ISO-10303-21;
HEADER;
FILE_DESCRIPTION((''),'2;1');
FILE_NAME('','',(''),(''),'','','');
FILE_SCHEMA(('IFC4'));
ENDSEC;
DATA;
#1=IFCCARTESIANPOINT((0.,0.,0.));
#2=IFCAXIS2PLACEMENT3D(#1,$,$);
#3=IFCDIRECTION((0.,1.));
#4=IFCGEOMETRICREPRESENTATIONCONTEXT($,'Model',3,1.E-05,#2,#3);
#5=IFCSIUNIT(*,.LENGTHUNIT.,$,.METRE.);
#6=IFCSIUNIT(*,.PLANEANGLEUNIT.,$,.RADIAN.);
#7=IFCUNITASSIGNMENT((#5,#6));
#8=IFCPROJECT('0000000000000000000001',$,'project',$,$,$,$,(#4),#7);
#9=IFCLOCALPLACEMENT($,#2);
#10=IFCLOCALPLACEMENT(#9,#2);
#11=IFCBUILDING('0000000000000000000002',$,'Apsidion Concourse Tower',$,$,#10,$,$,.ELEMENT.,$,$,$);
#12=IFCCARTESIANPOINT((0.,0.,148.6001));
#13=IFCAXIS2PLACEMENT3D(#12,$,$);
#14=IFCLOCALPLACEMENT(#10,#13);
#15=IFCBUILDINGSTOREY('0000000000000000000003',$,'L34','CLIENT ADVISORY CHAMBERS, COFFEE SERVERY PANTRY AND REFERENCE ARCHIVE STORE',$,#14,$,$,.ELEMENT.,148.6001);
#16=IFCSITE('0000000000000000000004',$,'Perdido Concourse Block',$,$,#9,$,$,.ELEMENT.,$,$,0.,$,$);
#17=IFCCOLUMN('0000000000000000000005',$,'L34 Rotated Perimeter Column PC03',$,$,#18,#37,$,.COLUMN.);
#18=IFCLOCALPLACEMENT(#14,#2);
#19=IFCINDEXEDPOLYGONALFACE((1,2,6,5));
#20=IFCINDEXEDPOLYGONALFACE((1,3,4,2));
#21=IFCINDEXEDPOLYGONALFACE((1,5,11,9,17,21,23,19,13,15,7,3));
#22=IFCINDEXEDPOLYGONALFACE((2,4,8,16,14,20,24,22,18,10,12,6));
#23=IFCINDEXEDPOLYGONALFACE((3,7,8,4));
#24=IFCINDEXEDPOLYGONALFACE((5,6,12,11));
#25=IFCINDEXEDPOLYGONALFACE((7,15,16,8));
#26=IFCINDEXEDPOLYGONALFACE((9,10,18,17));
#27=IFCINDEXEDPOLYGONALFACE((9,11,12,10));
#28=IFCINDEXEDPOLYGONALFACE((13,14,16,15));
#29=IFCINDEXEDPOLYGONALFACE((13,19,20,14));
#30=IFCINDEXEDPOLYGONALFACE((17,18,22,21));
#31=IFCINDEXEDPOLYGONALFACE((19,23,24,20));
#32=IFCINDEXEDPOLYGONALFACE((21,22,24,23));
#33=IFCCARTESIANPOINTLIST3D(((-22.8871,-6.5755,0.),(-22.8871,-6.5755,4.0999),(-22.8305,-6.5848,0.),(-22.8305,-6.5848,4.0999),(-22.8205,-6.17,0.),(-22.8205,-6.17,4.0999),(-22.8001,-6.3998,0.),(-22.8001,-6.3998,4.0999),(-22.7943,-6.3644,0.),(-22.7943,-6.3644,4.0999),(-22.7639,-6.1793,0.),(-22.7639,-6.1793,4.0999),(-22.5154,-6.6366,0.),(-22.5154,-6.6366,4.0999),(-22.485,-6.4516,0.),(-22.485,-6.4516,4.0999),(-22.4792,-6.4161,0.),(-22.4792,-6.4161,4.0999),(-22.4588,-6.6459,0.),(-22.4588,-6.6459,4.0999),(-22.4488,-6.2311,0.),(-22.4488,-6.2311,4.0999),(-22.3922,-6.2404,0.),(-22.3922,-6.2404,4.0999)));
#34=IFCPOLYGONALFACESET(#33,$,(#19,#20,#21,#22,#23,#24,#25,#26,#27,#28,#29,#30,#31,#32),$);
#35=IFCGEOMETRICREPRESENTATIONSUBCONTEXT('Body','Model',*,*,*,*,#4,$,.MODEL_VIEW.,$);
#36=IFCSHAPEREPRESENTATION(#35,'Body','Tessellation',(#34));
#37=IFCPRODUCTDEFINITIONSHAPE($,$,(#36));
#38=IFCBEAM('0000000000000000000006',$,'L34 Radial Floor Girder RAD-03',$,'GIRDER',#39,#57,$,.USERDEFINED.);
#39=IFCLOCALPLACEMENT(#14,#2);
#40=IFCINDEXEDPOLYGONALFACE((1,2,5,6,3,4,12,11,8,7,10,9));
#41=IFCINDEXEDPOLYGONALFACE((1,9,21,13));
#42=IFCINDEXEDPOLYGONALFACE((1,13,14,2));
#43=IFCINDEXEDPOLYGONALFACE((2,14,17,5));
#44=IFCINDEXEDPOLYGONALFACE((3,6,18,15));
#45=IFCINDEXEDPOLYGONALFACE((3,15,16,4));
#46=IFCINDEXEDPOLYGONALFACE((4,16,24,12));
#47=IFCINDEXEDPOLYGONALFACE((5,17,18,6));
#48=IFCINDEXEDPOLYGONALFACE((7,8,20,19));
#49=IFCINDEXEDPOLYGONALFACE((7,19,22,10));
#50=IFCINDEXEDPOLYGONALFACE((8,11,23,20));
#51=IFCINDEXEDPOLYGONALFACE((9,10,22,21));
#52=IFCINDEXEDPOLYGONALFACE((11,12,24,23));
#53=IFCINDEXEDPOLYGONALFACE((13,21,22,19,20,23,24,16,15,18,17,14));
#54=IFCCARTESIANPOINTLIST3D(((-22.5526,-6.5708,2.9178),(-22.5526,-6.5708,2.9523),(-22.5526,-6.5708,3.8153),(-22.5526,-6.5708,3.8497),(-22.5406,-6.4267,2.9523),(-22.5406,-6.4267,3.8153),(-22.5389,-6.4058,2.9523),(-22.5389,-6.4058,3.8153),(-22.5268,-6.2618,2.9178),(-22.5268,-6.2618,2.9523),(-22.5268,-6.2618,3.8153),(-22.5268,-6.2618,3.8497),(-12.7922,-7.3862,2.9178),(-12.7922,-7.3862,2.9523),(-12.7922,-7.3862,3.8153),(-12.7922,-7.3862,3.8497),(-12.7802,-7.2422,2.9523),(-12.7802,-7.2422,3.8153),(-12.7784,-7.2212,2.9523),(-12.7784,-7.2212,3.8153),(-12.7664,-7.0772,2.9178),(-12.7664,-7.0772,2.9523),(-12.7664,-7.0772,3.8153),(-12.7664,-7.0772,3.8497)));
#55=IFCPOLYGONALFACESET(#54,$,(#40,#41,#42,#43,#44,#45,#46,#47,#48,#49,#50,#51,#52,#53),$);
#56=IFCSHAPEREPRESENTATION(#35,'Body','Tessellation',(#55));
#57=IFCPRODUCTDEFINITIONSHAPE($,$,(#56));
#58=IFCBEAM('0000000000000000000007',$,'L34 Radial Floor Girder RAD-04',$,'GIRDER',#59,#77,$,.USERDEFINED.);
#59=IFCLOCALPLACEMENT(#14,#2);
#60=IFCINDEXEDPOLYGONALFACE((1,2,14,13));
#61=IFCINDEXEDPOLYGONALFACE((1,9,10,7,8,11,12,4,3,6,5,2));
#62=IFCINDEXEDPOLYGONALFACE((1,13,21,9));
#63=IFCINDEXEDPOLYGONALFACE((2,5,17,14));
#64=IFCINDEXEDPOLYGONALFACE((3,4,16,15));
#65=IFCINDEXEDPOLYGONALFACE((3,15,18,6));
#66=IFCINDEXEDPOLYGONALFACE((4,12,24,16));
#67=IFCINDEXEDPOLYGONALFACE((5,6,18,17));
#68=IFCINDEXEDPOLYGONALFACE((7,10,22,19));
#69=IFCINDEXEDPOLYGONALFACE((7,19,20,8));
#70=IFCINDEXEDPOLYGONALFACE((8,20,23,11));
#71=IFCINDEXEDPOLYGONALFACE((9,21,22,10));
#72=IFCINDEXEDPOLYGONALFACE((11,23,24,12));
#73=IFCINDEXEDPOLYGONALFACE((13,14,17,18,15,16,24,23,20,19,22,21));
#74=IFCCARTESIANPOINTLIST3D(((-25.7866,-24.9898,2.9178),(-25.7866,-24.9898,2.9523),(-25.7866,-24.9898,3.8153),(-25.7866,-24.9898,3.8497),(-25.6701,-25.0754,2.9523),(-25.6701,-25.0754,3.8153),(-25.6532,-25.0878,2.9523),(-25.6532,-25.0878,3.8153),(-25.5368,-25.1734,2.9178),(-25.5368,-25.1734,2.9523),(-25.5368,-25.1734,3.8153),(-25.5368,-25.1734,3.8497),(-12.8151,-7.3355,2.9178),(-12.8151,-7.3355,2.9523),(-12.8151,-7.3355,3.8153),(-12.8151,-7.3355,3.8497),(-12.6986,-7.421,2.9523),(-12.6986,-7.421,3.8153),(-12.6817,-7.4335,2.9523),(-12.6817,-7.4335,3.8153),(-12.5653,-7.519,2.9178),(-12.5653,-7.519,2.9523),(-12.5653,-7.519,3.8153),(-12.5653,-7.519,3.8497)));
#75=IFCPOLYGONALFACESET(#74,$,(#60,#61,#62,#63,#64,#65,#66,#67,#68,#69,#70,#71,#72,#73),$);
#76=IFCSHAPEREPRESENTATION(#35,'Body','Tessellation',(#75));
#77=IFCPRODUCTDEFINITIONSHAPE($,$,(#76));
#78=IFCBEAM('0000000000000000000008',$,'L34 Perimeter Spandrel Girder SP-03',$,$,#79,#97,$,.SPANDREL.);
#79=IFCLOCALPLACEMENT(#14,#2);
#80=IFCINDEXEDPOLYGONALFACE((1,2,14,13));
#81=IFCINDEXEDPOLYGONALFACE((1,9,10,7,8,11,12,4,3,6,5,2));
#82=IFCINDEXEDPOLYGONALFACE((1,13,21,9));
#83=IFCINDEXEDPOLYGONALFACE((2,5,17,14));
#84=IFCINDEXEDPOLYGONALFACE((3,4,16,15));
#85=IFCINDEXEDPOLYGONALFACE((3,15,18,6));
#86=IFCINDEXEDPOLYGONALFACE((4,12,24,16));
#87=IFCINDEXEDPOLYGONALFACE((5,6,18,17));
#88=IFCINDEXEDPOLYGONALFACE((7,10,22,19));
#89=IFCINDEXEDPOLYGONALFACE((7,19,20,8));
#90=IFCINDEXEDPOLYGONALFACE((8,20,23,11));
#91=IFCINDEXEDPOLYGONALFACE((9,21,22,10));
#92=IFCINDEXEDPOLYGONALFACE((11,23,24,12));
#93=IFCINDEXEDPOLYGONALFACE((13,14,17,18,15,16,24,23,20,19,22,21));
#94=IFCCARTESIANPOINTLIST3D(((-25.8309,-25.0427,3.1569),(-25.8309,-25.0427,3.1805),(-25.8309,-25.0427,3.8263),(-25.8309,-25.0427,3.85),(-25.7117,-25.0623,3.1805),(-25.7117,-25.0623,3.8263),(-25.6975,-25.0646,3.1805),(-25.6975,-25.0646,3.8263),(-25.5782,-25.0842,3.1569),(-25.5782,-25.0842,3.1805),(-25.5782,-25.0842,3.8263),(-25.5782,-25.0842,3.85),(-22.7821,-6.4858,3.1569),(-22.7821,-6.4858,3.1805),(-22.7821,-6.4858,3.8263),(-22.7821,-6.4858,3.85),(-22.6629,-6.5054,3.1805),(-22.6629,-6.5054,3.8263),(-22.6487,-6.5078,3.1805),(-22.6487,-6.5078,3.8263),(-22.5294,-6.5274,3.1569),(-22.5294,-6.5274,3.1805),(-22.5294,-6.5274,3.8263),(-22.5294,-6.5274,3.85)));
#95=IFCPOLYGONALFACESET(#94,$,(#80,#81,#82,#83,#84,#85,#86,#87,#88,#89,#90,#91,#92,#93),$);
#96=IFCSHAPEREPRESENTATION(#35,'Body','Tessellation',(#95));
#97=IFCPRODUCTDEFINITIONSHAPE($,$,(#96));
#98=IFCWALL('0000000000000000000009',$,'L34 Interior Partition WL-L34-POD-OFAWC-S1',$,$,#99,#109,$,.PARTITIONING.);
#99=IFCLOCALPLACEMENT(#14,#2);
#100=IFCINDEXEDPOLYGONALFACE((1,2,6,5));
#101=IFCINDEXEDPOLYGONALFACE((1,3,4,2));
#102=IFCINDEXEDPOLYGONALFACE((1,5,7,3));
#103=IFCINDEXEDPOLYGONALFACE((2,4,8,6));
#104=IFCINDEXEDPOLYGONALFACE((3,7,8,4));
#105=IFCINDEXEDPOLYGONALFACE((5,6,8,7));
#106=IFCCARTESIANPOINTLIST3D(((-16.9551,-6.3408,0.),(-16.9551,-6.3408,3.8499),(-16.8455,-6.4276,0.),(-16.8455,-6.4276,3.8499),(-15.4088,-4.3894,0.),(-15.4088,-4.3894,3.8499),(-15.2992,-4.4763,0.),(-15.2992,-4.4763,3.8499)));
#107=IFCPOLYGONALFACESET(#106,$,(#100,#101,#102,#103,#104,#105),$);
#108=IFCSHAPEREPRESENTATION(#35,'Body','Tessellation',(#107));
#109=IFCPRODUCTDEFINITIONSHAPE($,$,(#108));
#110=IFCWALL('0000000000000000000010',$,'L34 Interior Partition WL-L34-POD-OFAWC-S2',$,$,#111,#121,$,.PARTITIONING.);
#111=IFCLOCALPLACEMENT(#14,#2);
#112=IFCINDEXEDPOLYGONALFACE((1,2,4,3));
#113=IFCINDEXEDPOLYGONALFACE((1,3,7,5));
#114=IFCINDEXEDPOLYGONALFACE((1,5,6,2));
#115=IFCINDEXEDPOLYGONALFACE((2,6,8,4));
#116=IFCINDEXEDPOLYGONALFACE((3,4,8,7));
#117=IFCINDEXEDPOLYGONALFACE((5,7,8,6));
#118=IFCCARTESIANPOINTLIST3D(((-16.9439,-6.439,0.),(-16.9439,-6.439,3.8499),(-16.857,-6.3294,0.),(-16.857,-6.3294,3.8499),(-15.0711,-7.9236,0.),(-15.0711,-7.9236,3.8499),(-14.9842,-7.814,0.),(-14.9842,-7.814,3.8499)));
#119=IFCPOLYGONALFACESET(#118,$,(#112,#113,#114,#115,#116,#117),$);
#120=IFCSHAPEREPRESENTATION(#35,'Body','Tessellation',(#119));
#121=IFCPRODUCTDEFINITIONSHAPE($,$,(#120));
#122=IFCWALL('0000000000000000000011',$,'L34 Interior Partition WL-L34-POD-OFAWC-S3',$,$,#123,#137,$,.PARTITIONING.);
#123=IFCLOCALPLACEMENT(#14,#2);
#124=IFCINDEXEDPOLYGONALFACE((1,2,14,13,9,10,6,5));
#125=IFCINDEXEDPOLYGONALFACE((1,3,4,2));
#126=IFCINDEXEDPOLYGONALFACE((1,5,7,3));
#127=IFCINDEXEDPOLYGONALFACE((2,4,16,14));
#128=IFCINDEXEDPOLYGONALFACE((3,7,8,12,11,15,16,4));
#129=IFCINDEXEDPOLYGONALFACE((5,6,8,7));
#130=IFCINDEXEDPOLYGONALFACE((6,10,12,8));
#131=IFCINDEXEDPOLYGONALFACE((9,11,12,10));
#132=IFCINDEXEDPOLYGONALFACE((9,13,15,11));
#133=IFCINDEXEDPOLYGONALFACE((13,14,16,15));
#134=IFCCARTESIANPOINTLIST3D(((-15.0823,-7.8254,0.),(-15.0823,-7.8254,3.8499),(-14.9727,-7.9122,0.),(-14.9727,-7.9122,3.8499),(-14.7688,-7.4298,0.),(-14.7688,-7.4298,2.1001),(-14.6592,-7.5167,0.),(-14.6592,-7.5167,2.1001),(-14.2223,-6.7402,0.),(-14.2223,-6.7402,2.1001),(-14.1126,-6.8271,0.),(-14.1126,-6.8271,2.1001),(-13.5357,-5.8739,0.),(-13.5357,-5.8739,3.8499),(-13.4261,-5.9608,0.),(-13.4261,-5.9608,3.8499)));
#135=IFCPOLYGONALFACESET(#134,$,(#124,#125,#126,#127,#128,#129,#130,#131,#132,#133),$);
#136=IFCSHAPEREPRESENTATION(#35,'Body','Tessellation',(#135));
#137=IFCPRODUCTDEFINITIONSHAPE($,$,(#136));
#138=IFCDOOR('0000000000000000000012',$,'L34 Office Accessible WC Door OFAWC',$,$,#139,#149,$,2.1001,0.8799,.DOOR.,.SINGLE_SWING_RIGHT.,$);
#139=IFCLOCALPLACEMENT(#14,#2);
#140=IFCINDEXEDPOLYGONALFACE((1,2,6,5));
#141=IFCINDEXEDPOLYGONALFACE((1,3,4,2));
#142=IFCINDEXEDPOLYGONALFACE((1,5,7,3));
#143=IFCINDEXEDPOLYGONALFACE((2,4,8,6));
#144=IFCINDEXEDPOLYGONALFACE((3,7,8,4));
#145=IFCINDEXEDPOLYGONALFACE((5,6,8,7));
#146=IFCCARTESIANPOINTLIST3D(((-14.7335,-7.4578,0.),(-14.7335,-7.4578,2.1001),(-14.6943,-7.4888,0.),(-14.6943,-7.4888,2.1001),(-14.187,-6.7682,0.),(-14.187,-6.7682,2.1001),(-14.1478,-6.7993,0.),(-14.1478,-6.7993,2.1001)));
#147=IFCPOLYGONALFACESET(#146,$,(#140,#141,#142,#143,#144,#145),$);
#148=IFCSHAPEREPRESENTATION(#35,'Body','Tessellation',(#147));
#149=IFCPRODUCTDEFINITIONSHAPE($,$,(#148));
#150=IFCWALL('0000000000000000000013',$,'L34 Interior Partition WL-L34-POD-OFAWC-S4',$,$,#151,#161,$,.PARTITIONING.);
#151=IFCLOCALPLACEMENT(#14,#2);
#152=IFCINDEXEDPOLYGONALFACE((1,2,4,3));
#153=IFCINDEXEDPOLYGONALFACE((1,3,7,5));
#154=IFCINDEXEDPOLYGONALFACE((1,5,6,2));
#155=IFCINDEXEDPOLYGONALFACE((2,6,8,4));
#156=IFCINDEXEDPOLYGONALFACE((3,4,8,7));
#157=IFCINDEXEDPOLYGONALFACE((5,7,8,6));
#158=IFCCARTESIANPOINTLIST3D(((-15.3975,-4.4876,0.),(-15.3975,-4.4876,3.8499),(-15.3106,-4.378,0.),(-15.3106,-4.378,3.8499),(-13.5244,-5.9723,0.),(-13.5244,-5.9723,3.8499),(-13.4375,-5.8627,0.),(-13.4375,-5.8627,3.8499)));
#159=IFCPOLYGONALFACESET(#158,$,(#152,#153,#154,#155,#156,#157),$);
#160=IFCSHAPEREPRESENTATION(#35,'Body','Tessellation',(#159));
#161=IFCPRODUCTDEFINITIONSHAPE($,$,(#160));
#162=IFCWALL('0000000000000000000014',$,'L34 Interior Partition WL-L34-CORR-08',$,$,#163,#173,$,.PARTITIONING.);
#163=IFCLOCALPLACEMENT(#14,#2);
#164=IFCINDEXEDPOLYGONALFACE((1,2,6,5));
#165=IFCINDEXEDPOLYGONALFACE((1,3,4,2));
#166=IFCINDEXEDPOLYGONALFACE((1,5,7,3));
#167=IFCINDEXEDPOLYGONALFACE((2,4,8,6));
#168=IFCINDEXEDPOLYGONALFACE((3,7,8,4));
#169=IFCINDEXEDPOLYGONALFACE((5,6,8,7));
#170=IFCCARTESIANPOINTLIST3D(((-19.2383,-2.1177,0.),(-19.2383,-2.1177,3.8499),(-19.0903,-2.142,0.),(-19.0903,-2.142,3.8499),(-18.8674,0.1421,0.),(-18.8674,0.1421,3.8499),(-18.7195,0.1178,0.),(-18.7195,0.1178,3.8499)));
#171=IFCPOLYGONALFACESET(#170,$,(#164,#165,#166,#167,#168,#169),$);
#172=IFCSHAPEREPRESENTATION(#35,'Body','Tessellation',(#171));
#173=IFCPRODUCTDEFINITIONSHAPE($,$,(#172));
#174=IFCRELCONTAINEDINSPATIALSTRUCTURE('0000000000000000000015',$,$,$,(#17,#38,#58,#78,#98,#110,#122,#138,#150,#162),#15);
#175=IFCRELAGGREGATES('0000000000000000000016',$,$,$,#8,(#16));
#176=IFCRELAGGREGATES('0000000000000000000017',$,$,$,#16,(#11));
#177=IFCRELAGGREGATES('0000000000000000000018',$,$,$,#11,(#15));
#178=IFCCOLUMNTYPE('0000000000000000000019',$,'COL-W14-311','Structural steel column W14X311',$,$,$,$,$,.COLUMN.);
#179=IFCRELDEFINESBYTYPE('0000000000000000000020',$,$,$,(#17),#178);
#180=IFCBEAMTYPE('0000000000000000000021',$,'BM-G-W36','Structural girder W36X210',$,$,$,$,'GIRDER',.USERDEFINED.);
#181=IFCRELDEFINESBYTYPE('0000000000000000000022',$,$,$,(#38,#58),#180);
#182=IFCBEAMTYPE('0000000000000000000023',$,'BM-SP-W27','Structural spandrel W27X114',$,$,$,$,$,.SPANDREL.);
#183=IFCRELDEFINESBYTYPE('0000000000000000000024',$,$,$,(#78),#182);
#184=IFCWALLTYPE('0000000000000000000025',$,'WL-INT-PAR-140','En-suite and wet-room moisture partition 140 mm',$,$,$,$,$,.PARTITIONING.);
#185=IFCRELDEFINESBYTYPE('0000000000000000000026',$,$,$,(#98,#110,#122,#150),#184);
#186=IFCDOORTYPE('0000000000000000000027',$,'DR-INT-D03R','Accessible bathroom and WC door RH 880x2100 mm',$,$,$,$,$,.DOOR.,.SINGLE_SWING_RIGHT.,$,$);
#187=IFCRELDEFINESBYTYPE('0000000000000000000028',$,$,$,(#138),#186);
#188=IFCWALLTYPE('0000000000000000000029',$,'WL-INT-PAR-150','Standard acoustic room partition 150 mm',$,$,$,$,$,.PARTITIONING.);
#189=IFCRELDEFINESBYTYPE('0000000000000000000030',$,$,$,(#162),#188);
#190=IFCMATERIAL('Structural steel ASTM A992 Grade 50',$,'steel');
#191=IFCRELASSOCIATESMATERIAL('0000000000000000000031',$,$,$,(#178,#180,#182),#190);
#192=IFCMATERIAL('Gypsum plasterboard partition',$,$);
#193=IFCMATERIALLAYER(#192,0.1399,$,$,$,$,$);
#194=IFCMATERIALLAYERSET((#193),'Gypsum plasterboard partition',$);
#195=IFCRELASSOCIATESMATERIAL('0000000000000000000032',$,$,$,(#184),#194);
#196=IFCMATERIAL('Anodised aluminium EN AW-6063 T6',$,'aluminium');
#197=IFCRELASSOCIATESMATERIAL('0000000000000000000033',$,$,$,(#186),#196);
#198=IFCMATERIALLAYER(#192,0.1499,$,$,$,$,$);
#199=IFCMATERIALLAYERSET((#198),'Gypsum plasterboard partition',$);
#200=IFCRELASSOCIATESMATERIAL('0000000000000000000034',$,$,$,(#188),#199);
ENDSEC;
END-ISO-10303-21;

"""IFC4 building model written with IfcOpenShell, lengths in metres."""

from ifc_helpers import new_model, si_unit, direction, frame, frame_2d, origin, origin_2d, place, context, subcontext, project, spatial, rectangle, i_section, extrude, material, layer, layer_set, material_profile, profile_set, type_object, element, fill, save


model = new_model("IFC4")

# Units and contexts
model_context = context("Model", 3, precision=1e-05, world=origin(), true_north=direction((0.0, 1.0)))
body_context = subcontext(model_context, "Body", "Model", "MODEL_VIEW")
ifc_project = project(units=[si_unit("LENGTHUNIT", "METRE"), si_unit("PLANEANGLEUNIT", "RADIAN")], contexts=[model_context])

# Site, building, storey
site_placement = place(None, origin())
site = spatial("IfcSite", under=ifc_project, at=site_placement, Name="Perdido Concourse Block", CompositionType="ELEMENT", RefElevation=0.0)
building_placement = place(site_placement, origin())
building = spatial("IfcBuilding", under=site, at=building_placement, Name="Apsidion Concourse Tower", CompositionType="ELEMENT")
storey_placement = place(building_placement, frame((0.0, 0.0, 148.6001)))
storey = spatial("IfcBuildingStorey", under=building, at=storey_placement, Name="L34", Description="CLIENT ADVISORY CHAMBERS, COFFEE SERVERY PANTRY AND REFERENCE ARCHIVE STORE", CompositionType="ELEMENT", Elevation=148.6001)

# Column
ifc_material_1 = material(Name="Structural steel ASTM A992 Grade 50", Category="steel")
ifc_material_profile_1 = material_profile(ifc_material_1, i_section(OverallWidth=0.4109, OverallDepth=0.4341, WebThickness=0.0359, FlangeThickness=0.0574, at=origin_2d()), Name="W14X311")
ifc_profile_set_1 = profile_set([ifc_material_profile_1], Name="Structural steel ASTM A992 Grade 50")
column_type = type_object("IfcColumnType", Name="COL-W14-311", Description="Structural steel column W14X311", PredefinedType="COLUMN", material=ifc_profile_set_1)
column_placement = place(storey_placement, frame((-22.6396, -6.408, 0.0), z_axis=(0.0, 0.0, 1.0), x_axis=(0.162121, 0.986771, 0.0)))
element("IfcColumn", 1, at=column_placement, inside=storey, type_object=column_type, Name="L34 Rotated Perimeter Column PC03", PredefinedType="COLUMN", context=body_context, shape_type="SweptSolid", body=[
    extrude(i_section(OverallWidth=0.4109, OverallDepth=0.4341, WebThickness=0.0359, FlangeThickness=0.0574, at=origin_2d()), origin(), (0.0, 0.0, 1.0), 4.0999),
])

# Beams
ifc_material_profile_2 = material_profile(ifc_material_1, i_section(OverallWidth=0.3101, OverallDepth=0.9319, WebThickness=0.021, FlangeThickness=0.0344, at=origin_2d()), Name="W36X210")
ifc_profile_set_2 = profile_set([ifc_material_profile_2], Name="Structural steel ASTM A992 Grade 50")
beam_type_1 = type_object("IfcBeamType", Name="BM-G-W36", Description="Structural girder W36X210", ElementType="GIRDER", PredefinedType="USERDEFINED", material=ifc_profile_set_2)
beam_1_placement = place(storey_placement, frame((-12.7793, -7.2317, 3.3838), z_axis=(-0.996528, 0.083254, 0.0), x_axis=(-0.083254, -0.996528, 0.0)))
element("IfcBeam", 2, at=beam_1_placement, inside=storey, type_object=beam_type_1, Name="L34 Radial Floor Girder RAD-03", ObjectType="GIRDER", PredefinedType="USERDEFINED", context=body_context, shape_type="SweptSolid", body=[
    extrude(i_section(OverallWidth=0.3101, OverallDepth=0.9319, WebThickness=0.021, FlangeThickness=0.0344, at=origin_2d()), origin(), (0.0, 0.0, 1.0), 9.7944),
])
beam_2_placement = place(storey_placement, frame((-12.6902, -7.4272, 3.3838), z_axis=(-0.592104, -0.805862, 0.0), x_axis=(0.805862, -0.592104, 0.0)))
element("IfcBeam", 3, at=beam_2_placement, inside=storey, type_object=beam_type_1, Name="L34 Radial Floor Girder RAD-04", ObjectType="GIRDER", PredefinedType="USERDEFINED", context=body_context, shape_type="SweptSolid", body=[
    extrude(i_section(OverallWidth=0.3101, OverallDepth=0.9319, WebThickness=0.021, FlangeThickness=0.0344, at=origin_2d()), origin(), (0.0, 0.0, 1.0), 21.9075),
])
ifc_material_profile_3 = material_profile(ifc_material_1, i_section(OverallWidth=0.2561, OverallDepth=0.6931, WebThickness=0.0144, FlangeThickness=0.0237, at=origin_2d()), Name="W27X114")
ifc_profile_set_3 = profile_set([ifc_material_profile_3], Name="Structural steel ASTM A992 Grade 50")
beam_type_2 = type_object("IfcBeamType", Name="BM-SP-W27", Description="Structural spandrel W27X114", PredefinedType="SPANDREL", material=ifc_profile_set_3)
beam_3_placement = place(storey_placement, frame((-22.6558, -6.5066, 3.5034), z_axis=(-0.162123, -0.986771, 0.0), x_axis=(0.986771, -0.162123, 0.0)))
element("IfcBeam", 4, at=beam_3_placement, inside=storey, type_object=beam_type_2, Name="L34 Perimeter Spandrel Girder SP-03", PredefinedType="SPANDREL", context=body_context, shape_type="SweptSolid", body=[
    extrude(i_section(OverallWidth=0.2561, OverallDepth=0.6931, WebThickness=0.0144, FlangeThickness=0.0237, at=origin_2d()), origin(), (0.0, 0.0, 1.0), 18.8057),
])

# Walls
ifc_material_2 = material(Name="Gypsum plasterboard partition")
ifc_layer_1 = layer(ifc_material_2, 0.1399)
ifc_layer_set_1 = layer_set([ifc_layer_1], Name="Gypsum plasterboard partition")
wall_type_1 = type_object("IfcWallType", Name="WL-INT-PAR-140", Description="En-suite and wet-room moisture partition 140 mm", PredefinedType="PARTITIONING", material=ifc_layer_set_1)
wall_1_placement = place(storey_placement, frame((-15.354, -4.4329, 0.0), z_axis=(0.0, 0.0, 1.0), x_axis=(-0.621077, -0.783749, 0.0)))
element("IfcWall", 5, at=wall_1_placement, inside=storey, type_object=wall_type_1, Name="L34 Interior Partition WL-L34-POD-OFAWC-S1", PredefinedType="PARTITIONING", context=body_context, shape_type="SweptSolid", body=[
    extrude(rectangle(XDim=2.4897, YDim=0.1399, at=frame_2d((1.2449, 0.0))), origin(), (0.0, 0.0, 1.0), 3.8499),
])
wall_2_placement = place(storey_placement, frame((-16.9004, -6.3843, 0.0), z_axis=(0.0, 0.0, 1.0), x_axis=(0.783642, -0.621213, 0.0)))
element("IfcWall", 6, at=wall_2_placement, inside=storey, type_object=wall_type_1, Name="L34 Interior Partition WL-L34-POD-OFAWC-S2", PredefinedType="PARTITIONING", context=body_context, shape_type="SweptSolid", body=[
    extrude(rectangle(XDim=2.3899, YDim=0.1399, at=frame_2d((1.1948, 0.0))), origin(), (0.0, 0.0, 1.0), 3.8499),
])

# Wall, opening, door
wall_3_placement = place(storey_placement, frame((-15.0276, -7.8689, 0.0), z_axis=(0.0, 0.0, 1.0), x_axis=(0.621137, 0.783702, 0.0)))
wall_3 = element("IfcWall", 7, at=wall_3_placement, inside=storey, type_object=wall_type_1, Name="L34 Interior Partition WL-L34-POD-OFAWC-S3", PredefinedType="PARTITIONING", context=body_context, shape_type="SweptSolid", body=[
    extrude(rectangle(XDim=2.49, YDim=0.1399, at=frame_2d((1.2451, 0.0))), origin(), (0.0, 0.0, 1.0), 3.8499),
])
opening_1_placement = place(wall_3_placement, frame((0.5049, 0.0, 0.0)))
opening_1 = element("IfcOpeningElement", 8, at=opening_1_placement, cuts=wall_3, PredefinedType="OPENING", context=body_context, shape_type="SweptSolid", body=[
    extrude(rectangle(XDim=0.8799, YDim=2.1001, at=frame_2d((0.4399, 1.05))), frame((0.0, 0.0801, 0.0), z_axis=(0.0, -1.0, 0.0), x_axis=(1.0, 0.0, 0.0)), (0.0, 0.0, 1.0), 0.1599),
])
ifc_material_3 = material(Name="Anodised aluminium EN AW-6063 T6", Category="aluminium")
door_type_1 = type_object("IfcDoorType", Name="DR-INT-D03R", Description="Accessible bathroom and WC door RH 880x2100 mm", OperationType="SINGLE_SWING_RIGHT", PredefinedType="DOOR", material=ifc_material_3)
door_1_placement = place(opening_1_placement, origin())
door_1 = element("IfcDoor", 9, at=door_1_placement, inside=storey, type_object=door_type_1, Name="L34 Office Accessible WC Door OFAWC", OperationType="SINGLE_SWING_RIGHT", OverallHeight=2.1001, OverallWidth=0.8799, PredefinedType="DOOR", context=body_context, shape_type="SweptSolid", body=[
    extrude(rectangle(XDim=0.8799, YDim=2.1001, at=frame_2d((0.4399, 1.05))), frame((0.0, 0.0249, 0.0), z_axis=(0.0, -1.0, 0.0), x_axis=(1.0, 0.0, 0.0)), (0.0, 0.0, 1.0), 0.05),
])
fill(opening_1, door_1)

# Walls
wall_4_placement = place(storey_placement, frame((-13.481, -5.9175, 0.0), z_axis=(0.0, 0.0, 1.0), x_axis=(-0.783681, 0.621163, 0.0)))
element("IfcWall", 10, at=wall_4_placement, inside=storey, type_object=wall_type_1, Name="L34 Interior Partition WL-L34-POD-OFAWC-S4", PredefinedType="PARTITIONING", context=body_context, shape_type="SweptSolid", body=[
    extrude(rectangle(XDim=2.3901, YDim=0.1399, at=frame_2d((1.1951, 0.0))), origin(), (0.0, 0.0, 1.0), 3.8499),
])
ifc_layer_2 = layer(ifc_material_2, 0.1499)
ifc_layer_set_2 = layer_set([ifc_layer_2], Name="Gypsum plasterboard partition")
wall_type_2 = type_object("IfcWallType", Name="WL-INT-PAR-150", Description="Standard acoustic room partition 150 mm", PredefinedType="PARTITIONING", material=ifc_layer_set_2)
wall_5_placement = place(storey_placement, frame((-19.1643, -2.1299, 0.0), z_axis=(0.0, 0.0, 1.0), x_axis=(0.161944, 0.9868, 0.0)))
element("IfcWall", 11, at=wall_5_placement, inside=storey, type_object=wall_type_2, Name="L34 Interior Partition WL-L34-CORR-08", PredefinedType="PARTITIONING", context=body_context, shape_type="SweptSolid", body=[
    extrude(rectangle(XDim=2.29, YDim=0.1499, at=frame_2d((1.145, 0.0))), origin(), (0.0, 0.0, 1.0), 3.8499),
])

save(model, "model.ifc")
